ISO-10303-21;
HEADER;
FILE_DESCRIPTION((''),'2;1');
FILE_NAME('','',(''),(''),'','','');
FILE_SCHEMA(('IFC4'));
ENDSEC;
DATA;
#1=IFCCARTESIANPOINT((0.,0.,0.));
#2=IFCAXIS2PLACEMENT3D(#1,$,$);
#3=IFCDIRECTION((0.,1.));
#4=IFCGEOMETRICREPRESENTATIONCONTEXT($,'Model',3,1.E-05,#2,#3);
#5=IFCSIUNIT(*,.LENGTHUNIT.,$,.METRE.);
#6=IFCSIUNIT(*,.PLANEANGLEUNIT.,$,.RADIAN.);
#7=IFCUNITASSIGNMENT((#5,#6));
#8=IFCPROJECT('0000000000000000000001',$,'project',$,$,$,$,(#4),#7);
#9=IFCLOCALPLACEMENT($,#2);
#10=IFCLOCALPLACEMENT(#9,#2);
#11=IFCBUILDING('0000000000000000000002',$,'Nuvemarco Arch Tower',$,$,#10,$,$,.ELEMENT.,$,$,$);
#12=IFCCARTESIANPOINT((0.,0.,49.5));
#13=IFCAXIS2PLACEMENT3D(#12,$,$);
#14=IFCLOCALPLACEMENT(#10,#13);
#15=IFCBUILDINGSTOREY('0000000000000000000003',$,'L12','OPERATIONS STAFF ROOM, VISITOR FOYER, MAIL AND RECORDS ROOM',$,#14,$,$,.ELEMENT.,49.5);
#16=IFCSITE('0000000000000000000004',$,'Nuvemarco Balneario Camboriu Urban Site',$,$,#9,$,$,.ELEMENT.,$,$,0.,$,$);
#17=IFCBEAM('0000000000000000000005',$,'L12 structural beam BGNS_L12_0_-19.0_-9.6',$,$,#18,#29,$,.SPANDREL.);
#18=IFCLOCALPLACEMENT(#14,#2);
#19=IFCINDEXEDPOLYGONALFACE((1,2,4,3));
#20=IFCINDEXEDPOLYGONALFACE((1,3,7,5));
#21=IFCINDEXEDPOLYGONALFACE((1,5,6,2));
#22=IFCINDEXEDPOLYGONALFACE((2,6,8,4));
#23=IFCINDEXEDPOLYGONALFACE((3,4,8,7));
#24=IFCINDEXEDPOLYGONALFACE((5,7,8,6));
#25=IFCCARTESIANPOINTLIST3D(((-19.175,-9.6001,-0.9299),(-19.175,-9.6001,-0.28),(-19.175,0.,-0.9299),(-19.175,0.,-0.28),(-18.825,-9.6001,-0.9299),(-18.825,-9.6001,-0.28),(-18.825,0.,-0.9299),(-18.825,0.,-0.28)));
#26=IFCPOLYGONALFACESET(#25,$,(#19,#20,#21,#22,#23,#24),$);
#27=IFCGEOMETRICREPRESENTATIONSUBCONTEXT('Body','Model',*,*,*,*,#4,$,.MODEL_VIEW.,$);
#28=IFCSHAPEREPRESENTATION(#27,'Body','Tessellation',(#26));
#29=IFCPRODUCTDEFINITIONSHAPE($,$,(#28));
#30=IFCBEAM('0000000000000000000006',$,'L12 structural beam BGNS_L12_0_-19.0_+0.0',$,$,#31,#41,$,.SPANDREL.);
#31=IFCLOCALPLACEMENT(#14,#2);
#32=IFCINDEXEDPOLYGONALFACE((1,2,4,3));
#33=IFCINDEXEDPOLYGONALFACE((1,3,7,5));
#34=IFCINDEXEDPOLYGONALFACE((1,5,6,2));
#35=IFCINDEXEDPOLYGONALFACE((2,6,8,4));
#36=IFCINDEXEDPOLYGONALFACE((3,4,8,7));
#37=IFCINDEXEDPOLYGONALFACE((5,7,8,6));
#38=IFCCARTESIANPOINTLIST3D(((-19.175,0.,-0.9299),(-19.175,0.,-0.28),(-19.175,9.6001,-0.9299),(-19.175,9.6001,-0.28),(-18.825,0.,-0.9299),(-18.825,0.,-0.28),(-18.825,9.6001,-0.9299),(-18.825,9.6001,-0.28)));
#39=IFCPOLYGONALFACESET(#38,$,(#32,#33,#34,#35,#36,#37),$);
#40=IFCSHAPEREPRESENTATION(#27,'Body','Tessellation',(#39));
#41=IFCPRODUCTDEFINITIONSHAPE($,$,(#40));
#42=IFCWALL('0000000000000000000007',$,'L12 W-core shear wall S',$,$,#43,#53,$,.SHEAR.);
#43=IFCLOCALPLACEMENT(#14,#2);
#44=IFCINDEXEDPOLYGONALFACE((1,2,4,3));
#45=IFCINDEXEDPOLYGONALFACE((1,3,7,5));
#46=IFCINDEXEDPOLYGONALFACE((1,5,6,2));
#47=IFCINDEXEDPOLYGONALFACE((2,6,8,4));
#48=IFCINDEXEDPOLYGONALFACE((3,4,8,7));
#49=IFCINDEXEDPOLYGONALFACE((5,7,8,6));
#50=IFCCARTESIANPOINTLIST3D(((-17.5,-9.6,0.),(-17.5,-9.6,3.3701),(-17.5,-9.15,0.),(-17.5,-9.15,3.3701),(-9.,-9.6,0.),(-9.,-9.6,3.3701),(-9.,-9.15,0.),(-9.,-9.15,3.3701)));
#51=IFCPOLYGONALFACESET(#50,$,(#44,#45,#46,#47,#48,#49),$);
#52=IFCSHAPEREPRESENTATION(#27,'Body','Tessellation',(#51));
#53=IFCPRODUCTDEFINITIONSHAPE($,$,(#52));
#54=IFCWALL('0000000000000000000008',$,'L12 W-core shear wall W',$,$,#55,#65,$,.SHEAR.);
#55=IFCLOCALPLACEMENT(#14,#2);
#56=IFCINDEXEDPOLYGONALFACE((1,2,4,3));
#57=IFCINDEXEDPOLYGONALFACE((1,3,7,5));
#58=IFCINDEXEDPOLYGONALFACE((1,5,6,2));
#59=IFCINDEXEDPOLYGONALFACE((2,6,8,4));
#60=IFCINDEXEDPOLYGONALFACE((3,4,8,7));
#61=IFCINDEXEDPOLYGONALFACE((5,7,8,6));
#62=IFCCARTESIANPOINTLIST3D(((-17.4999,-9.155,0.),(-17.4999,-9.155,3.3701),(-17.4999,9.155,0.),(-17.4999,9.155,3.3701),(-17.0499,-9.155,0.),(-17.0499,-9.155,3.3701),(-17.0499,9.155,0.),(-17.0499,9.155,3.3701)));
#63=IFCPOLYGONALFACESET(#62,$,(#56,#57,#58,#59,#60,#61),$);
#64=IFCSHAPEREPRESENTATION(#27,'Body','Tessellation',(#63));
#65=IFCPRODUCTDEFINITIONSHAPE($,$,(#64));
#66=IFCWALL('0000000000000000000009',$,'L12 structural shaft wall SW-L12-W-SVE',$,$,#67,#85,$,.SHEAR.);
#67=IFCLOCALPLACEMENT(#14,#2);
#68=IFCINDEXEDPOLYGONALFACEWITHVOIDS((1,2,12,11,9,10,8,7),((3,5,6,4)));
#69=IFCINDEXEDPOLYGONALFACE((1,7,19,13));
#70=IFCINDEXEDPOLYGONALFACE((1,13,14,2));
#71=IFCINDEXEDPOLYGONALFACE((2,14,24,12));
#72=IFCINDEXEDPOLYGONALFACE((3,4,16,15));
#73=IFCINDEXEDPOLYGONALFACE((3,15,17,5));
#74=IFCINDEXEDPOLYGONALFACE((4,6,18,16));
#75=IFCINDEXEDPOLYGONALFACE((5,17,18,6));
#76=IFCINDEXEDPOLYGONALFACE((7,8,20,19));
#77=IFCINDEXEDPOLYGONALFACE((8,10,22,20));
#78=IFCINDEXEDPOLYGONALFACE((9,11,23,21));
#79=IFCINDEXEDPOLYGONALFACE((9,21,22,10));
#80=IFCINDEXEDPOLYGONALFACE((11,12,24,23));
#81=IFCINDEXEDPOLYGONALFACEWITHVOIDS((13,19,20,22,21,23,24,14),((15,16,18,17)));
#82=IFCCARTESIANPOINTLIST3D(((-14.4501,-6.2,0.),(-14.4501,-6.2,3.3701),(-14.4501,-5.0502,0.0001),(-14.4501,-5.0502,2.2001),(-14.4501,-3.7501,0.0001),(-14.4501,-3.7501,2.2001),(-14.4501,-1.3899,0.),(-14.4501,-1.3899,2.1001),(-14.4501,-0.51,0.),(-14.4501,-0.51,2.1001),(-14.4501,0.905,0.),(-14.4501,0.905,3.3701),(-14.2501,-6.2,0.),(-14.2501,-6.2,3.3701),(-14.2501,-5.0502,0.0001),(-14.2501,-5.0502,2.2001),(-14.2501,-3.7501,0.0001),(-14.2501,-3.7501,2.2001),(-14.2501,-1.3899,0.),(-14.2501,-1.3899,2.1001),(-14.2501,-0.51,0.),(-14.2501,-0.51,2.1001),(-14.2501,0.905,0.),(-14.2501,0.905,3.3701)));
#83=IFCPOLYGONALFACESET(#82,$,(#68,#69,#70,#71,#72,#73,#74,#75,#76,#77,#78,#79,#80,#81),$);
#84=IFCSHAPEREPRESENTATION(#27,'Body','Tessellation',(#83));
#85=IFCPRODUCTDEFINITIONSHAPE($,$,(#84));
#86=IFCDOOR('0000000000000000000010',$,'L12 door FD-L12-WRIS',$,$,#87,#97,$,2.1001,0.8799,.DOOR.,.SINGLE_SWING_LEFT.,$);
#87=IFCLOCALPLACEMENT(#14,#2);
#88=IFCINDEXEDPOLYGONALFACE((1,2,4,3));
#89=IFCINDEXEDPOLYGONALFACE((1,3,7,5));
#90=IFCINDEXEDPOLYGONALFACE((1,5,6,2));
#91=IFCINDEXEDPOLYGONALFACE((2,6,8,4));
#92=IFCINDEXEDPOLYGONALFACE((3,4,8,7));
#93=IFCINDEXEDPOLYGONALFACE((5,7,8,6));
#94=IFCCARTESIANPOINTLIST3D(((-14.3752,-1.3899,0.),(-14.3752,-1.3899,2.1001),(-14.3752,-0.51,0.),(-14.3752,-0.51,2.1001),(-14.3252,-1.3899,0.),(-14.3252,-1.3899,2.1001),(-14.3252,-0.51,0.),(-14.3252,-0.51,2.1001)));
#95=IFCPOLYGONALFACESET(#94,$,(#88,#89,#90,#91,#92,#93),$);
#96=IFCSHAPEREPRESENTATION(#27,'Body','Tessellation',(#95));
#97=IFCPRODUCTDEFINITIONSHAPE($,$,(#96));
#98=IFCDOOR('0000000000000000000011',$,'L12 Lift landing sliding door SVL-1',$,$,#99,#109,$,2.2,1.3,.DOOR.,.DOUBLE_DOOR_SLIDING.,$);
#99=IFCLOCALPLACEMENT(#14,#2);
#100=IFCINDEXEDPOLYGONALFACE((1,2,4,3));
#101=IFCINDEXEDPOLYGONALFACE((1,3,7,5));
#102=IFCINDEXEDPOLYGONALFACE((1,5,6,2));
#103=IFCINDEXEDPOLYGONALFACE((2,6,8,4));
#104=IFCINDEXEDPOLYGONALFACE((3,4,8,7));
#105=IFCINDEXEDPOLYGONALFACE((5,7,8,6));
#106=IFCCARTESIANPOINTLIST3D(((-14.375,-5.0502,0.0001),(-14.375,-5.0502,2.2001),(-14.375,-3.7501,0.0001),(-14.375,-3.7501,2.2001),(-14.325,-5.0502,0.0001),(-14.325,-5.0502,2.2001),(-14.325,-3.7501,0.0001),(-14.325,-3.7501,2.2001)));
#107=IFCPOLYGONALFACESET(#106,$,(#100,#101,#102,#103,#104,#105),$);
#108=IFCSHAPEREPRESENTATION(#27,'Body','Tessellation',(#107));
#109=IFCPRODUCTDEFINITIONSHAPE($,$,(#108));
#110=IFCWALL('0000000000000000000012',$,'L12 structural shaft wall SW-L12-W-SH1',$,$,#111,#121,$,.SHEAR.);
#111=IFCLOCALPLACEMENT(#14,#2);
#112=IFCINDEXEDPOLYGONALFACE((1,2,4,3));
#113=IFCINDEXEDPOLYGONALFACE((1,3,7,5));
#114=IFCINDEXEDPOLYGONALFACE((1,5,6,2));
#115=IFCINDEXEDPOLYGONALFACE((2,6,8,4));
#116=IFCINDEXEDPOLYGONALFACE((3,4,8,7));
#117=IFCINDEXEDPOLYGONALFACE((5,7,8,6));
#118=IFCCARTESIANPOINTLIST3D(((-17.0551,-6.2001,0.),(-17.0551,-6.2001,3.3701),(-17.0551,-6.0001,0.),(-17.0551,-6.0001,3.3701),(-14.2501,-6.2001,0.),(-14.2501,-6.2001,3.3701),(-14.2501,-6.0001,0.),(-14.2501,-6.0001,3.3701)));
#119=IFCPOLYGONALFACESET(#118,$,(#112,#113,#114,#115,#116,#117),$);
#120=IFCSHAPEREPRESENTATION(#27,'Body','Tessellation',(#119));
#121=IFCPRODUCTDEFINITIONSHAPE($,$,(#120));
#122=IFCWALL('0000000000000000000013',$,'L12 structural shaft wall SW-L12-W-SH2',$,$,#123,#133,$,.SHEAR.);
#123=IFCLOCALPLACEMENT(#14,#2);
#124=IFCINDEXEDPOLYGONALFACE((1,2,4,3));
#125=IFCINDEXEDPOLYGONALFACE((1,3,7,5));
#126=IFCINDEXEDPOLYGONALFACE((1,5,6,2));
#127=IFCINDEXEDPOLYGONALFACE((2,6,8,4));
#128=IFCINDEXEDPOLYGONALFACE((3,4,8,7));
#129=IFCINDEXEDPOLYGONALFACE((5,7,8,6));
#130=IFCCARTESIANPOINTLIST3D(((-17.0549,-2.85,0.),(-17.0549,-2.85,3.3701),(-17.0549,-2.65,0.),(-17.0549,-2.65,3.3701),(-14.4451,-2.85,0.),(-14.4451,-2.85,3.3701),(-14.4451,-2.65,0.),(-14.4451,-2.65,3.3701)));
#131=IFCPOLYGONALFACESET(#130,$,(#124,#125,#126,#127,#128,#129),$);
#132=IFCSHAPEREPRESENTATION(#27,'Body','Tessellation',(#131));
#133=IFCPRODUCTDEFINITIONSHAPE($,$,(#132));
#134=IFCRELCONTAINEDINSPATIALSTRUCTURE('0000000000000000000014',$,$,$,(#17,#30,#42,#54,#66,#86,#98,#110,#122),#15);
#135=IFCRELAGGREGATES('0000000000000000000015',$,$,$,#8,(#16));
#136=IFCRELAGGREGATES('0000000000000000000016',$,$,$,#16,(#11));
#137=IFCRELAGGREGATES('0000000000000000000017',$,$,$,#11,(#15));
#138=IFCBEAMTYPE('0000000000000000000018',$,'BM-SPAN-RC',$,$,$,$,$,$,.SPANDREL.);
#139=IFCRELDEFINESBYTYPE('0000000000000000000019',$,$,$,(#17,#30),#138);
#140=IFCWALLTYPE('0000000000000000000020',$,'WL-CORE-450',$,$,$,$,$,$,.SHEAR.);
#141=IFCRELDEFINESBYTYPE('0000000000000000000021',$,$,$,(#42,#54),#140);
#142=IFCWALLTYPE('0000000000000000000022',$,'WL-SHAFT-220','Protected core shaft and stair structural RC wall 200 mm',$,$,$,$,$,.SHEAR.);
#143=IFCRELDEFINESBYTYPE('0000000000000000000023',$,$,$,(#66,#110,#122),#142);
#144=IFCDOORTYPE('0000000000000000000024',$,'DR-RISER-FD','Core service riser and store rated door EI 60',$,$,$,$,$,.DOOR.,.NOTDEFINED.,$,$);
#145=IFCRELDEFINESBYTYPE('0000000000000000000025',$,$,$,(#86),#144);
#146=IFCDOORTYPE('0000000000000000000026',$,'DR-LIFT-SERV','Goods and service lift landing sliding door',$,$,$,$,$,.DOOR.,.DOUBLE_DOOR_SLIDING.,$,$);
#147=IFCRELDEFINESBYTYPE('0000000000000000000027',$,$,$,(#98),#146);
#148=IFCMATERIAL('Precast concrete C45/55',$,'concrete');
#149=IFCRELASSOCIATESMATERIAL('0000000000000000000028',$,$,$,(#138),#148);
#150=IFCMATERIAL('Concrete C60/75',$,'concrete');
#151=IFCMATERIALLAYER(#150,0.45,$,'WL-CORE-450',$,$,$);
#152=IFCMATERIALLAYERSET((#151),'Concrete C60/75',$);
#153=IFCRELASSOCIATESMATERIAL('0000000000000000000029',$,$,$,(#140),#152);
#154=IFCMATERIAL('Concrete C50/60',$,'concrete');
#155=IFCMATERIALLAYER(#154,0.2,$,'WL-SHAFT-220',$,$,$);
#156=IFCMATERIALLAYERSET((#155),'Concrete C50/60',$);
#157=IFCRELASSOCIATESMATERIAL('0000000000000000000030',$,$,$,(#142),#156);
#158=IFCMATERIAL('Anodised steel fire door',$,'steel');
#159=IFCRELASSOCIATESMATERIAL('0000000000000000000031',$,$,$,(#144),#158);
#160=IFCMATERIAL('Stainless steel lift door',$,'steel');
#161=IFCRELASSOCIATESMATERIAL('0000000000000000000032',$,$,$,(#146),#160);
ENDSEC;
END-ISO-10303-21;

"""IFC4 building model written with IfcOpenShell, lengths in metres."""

from ifc_helpers import new_model, si_unit, direction, frame, frame_2d, origin, origin_2d, place, context, subcontext, project, spatial, rectangle, extrude, source, transform, mapped, material, layer, layer_set, material_profile, profile_set, type_object, type_shapes, element, fill, save


model = new_model("IFC4")

# Units and contexts
model_context = context("Model", 3, precision=1e-05, world=origin(), true_north=direction((0.0, 1.0)))
body_context = subcontext(model_context, "Body", "Model", "MODEL_VIEW")
ifc_project = project(units=[si_unit("LENGTHUNIT", "METRE"), si_unit("PLANEANGLEUNIT", "RADIAN")], contexts=[model_context])

# Site, building, storey
site_placement = place(None, origin())
site = spatial("IfcSite", under=ifc_project, at=site_placement, Name="Nuvemarco Balneario Camboriu Urban Site", CompositionType="ELEMENT", RefElevation=0.0)
building_placement = place(site_placement, origin())
building = spatial("IfcBuilding", under=site, at=building_placement, Name="Nuvemarco Arch Tower", CompositionType="ELEMENT")
storey_placement = place(building_placement, frame((0.0, 0.0, 49.5)))
storey = spatial("IfcBuildingStorey", under=building, at=storey_placement, Name="L12", Description="OPERATIONS STAFF ROOM, VISITOR FOYER, MAIL AND RECORDS ROOM", CompositionType="ELEMENT", Elevation=49.5)

# Shared definitions
ifc_material_1 = material(Name="Concrete C60/75", Category="concrete")

# Beams
ifc_material_2 = material(Name="Precast concrete C45/55", Category="concrete")
ifc_material_profile_1 = material_profile(ifc_material_2, rectangle(XDim=0.3501, YDim=0.6499, at=origin_2d()), Name="PC-SP-350x650")
ifc_profile_set_1 = profile_set([ifc_material_profile_1], Name="Precast concrete C45/55")
beam_type_1 = type_object("IfcBeamType", Name="BM-SPAN-RC", PredefinedType="SPANDREL", material=ifc_profile_set_1)
for number, where, z_axis, x_axis, name in (
    (1, (-19.0, -9.6001, -0.605), (0.0, 1.0, 0.0), (-1.0, 0.0, 0.0), "L12 structural beam BGNS_L12_0_-19.0_-9.6"),
    (2, (-19.0, 0.0, -0.605), (0.0, 1.0, 0.0), (-1.0, 0.0, 0.0), "L12 structural beam BGNS_L12_0_-19.0_+0.0"),
):
    element("IfcBeam", number, at=place(storey_placement, frame(where, z_axis=z_axis, x_axis=x_axis)), inside=storey, type_object=beam_type_1, Name=name, PredefinedType="SPANDREL", context=body_context, shape_type="SweptSolid", body=[
        extrude(rectangle(XDim=0.3501, YDim=0.6499, at=origin_2d()), origin(), (0.0, 0.0, 1.0), 9.6001),
    ])

# Walls
ifc_layer_1 = layer(ifc_material_1, 0.45, Name="WL-CORE-450")
ifc_layer_set_1 = layer_set([ifc_layer_1], Name="Concrete C60/75")
wall_type_1 = type_object("IfcWallType", Name="WL-CORE-450", PredefinedType="SHEAR", material=ifc_layer_set_1)
wall_1_placement = place(storey_placement, frame((-17.5, -9.375, 0.0), z_axis=(0.0, 0.0, 1.0), x_axis=(1.0, 0.0, 0.0)))
element("IfcWall", 3, at=wall_1_placement, inside=storey, type_object=wall_type_1, Name="L12 W-core shear wall S", PredefinedType="SHEAR", context=body_context, shape_type="SweptSolid", body=[
    extrude(rectangle(XDim=8.5, YDim=0.45, at=frame_2d((4.25, 0.0))), origin(), (0.0, 0.0, 1.0), 3.3701),
])
wall_2_placement = place(storey_placement, frame((-17.2749, -9.155, 0.0), z_axis=(0.0, 0.0, 1.0), x_axis=(0.0, 1.0, 0.0)))
element("IfcWall", 4, at=wall_2_placement, inside=storey, type_object=wall_type_1, Name="L12 W-core shear wall W", PredefinedType="SHEAR", context=body_context, shape_type="SweptSolid", body=[
    extrude(rectangle(XDim=18.3101, YDim=0.45, at=frame_2d((9.155, 0.0))), origin(), (0.0, 0.0, 1.0), 3.3701),
])

# Shared definitions
ifc_material_3 = material(Name="Concrete C50/60", Category="concrete")
ifc_layer_2 = layer(ifc_material_3, 0.2, Name="WL-SHAFT-220")
ifc_layer_set_2 = layer_set([ifc_layer_2], Name="Concrete C50/60")
wall_type_2 = type_object("IfcWallType", Name="WL-SHAFT-220", Description="Protected core shaft and stair structural RC wall 200 mm", PredefinedType="SHEAR", material=ifc_layer_set_2)
ifc_material_4 = material(Name="Stainless steel lift door", Category="steel")

# Wall, openings, doors
wall_3_placement = place(storey_placement, frame((-14.3501, -6.2, 0.0), z_axis=(0.0, 0.0, 1.0), x_axis=(0.0, 1.0, 0.0)))
wall_3 = element("IfcWall", 5, at=wall_3_placement, inside=storey, type_object=wall_type_2, Name="L12 structural shaft wall SW-L12-W-SVE", PredefinedType="SHEAR", context=body_context, shape_type="SweptSolid", body=[
    extrude(rectangle(XDim=7.105, YDim=0.2, at=frame_2d((3.5525, 0.0))), origin(), (0.0, 0.0, 1.0), 3.3701),
])
opening_1_placement = place(wall_3_placement, frame((5.6899, 0.0, 0.0), z_axis=(0.0, 0.0, 1.0), x_axis=(-1.0, 0.0, 0.0)))
opening_1 = element("IfcOpeningElement", 6, at=opening_1_placement, cuts=wall_3, PredefinedType="OPENING", context=body_context, shape_type="SweptSolid", body=[
    extrude(rectangle(XDim=0.8799, YDim=2.1001, at=frame_2d((0.4399, 1.05))), frame((0.0, 0.1099, 0.0), z_axis=(0.0, -1.0, 0.0), x_axis=(1.0, 0.0, 0.0)), (0.0, 0.0, 1.0), 0.22),
])
opening_2_placement = place(wall_3_placement, frame((1.1499, 0.0, 0.0)))
opening_2 = element("IfcOpeningElement", 7, at=opening_2_placement, cuts=wall_3, PredefinedType="OPENING", context=body_context, shape_type="SweptSolid", body=[
    extrude(rectangle(XDim=1.3, YDim=2.2, at=frame_2d((0.6499, 1.1001))), frame((0.0, 0.1099, 0.0), z_axis=(0.0, -1.0, 0.0), x_axis=(1.0, 0.0, 0.0)), (0.0, 0.0, 1.0), 0.22),
])
ifc_material_5 = material(Name="Anodised steel fire door", Category="steel")
door_type_1 = type_object("IfcDoorType", Name="DR-RISER-FD", Description="Core service riser and store rated door EI 60", OperationType="NOTDEFINED", PredefinedType="DOOR", material=ifc_material_5)
shared_shape_1 = source(origin(), body_context, "Body", "SweptSolid", [
    extrude(rectangle(XDim=0.8799, YDim=2.1001, at=frame_2d((0.4399, 1.05))), frame((0.0, 0.0249, 0.0), z_axis=(0.0, -1.0, 0.0), x_axis=(1.0, 0.0, 0.0)), (0.0, 0.0, 1.0), 0.05),
])
type_shapes(door_type_1, [shared_shape_1])
door_1_placement = place(opening_1_placement, origin())
door_1 = element("IfcDoor", 8, at=door_1_placement, inside=storey, type_object=door_type_1, Name="L12 door FD-L12-WRIS", OperationType="SINGLE_SWING_LEFT", OverallHeight=2.1001, OverallWidth=0.8799, PredefinedType="DOOR", context=body_context, shape_type="MappedRepresentation", body=[
    mapped(shared_shape_1, transform((0.0, 0.0, 0.0), scale=1.0)),
])
fill(opening_1, door_1)
door_type_2 = type_object("IfcDoorType", Name="DR-LIFT-SERV", Description="Goods and service lift landing sliding door", OperationType="DOUBLE_DOOR_SLIDING", PredefinedType="DOOR", material=ifc_material_4)
shared_shape_2 = source(origin(), body_context, "Body", "SweptSolid", [
    extrude(rectangle(XDim=1.3, YDim=2.2, at=frame_2d((0.6499, 1.1001))), frame((0.0, 0.0249, 0.0), z_axis=(0.0, -1.0, 0.0), x_axis=(1.0, 0.0, 0.0)), (0.0, 0.0, 1.0), 0.05),
])
type_shapes(door_type_2, [shared_shape_2])
door_2_placement = place(opening_2_placement, origin())
door_2 = element("IfcDoor", 9, at=door_2_placement, inside=storey, type_object=door_type_2, Name="L12 Lift landing sliding door SVL-1", OperationType="DOUBLE_DOOR_SLIDING", OverallHeight=2.2, OverallWidth=1.3, PredefinedType="DOOR", context=body_context, shape_type="MappedRepresentation", body=[
    mapped(shared_shape_2, transform((0.0, 0.0, 0.0), scale=1.0)),
])
fill(opening_2, door_2)

# Walls
wall_4_placement = place(storey_placement, frame((-17.0549, -6.1001, 0.0), z_axis=(0.0, 0.0, 1.0), x_axis=(1.0, 0.0, 0.0)))
element("IfcWall", 10, at=wall_4_placement, inside=storey, type_object=wall_type_2, Name="L12 structural shaft wall SW-L12-W-SH1", PredefinedType="SHEAR", context=body_context, shape_type="SweptSolid", body=[
    extrude(rectangle(XDim=2.8049, YDim=0.2, at=frame_2d((1.4023, 0.0))), origin(), (0.0, 0.0, 1.0), 3.3701),
])
wall_5_placement = place(storey_placement, frame((-17.0549, -2.75, 0.0), z_axis=(0.0, 0.0, 1.0), x_axis=(1.0, 0.0, 0.0)))
element("IfcWall", 11, at=wall_5_placement, inside=storey, type_object=wall_type_2, Name="L12 structural shaft wall SW-L12-W-SH2", PredefinedType="SHEAR", context=body_context, shape_type="SweptSolid", body=[
    extrude(rectangle(XDim=2.6099, YDim=0.2, at=frame_2d((1.3049, 0.0))), origin(), (0.0, 0.0, 1.0), 3.3701),
])

save(model, "model.ifc")
